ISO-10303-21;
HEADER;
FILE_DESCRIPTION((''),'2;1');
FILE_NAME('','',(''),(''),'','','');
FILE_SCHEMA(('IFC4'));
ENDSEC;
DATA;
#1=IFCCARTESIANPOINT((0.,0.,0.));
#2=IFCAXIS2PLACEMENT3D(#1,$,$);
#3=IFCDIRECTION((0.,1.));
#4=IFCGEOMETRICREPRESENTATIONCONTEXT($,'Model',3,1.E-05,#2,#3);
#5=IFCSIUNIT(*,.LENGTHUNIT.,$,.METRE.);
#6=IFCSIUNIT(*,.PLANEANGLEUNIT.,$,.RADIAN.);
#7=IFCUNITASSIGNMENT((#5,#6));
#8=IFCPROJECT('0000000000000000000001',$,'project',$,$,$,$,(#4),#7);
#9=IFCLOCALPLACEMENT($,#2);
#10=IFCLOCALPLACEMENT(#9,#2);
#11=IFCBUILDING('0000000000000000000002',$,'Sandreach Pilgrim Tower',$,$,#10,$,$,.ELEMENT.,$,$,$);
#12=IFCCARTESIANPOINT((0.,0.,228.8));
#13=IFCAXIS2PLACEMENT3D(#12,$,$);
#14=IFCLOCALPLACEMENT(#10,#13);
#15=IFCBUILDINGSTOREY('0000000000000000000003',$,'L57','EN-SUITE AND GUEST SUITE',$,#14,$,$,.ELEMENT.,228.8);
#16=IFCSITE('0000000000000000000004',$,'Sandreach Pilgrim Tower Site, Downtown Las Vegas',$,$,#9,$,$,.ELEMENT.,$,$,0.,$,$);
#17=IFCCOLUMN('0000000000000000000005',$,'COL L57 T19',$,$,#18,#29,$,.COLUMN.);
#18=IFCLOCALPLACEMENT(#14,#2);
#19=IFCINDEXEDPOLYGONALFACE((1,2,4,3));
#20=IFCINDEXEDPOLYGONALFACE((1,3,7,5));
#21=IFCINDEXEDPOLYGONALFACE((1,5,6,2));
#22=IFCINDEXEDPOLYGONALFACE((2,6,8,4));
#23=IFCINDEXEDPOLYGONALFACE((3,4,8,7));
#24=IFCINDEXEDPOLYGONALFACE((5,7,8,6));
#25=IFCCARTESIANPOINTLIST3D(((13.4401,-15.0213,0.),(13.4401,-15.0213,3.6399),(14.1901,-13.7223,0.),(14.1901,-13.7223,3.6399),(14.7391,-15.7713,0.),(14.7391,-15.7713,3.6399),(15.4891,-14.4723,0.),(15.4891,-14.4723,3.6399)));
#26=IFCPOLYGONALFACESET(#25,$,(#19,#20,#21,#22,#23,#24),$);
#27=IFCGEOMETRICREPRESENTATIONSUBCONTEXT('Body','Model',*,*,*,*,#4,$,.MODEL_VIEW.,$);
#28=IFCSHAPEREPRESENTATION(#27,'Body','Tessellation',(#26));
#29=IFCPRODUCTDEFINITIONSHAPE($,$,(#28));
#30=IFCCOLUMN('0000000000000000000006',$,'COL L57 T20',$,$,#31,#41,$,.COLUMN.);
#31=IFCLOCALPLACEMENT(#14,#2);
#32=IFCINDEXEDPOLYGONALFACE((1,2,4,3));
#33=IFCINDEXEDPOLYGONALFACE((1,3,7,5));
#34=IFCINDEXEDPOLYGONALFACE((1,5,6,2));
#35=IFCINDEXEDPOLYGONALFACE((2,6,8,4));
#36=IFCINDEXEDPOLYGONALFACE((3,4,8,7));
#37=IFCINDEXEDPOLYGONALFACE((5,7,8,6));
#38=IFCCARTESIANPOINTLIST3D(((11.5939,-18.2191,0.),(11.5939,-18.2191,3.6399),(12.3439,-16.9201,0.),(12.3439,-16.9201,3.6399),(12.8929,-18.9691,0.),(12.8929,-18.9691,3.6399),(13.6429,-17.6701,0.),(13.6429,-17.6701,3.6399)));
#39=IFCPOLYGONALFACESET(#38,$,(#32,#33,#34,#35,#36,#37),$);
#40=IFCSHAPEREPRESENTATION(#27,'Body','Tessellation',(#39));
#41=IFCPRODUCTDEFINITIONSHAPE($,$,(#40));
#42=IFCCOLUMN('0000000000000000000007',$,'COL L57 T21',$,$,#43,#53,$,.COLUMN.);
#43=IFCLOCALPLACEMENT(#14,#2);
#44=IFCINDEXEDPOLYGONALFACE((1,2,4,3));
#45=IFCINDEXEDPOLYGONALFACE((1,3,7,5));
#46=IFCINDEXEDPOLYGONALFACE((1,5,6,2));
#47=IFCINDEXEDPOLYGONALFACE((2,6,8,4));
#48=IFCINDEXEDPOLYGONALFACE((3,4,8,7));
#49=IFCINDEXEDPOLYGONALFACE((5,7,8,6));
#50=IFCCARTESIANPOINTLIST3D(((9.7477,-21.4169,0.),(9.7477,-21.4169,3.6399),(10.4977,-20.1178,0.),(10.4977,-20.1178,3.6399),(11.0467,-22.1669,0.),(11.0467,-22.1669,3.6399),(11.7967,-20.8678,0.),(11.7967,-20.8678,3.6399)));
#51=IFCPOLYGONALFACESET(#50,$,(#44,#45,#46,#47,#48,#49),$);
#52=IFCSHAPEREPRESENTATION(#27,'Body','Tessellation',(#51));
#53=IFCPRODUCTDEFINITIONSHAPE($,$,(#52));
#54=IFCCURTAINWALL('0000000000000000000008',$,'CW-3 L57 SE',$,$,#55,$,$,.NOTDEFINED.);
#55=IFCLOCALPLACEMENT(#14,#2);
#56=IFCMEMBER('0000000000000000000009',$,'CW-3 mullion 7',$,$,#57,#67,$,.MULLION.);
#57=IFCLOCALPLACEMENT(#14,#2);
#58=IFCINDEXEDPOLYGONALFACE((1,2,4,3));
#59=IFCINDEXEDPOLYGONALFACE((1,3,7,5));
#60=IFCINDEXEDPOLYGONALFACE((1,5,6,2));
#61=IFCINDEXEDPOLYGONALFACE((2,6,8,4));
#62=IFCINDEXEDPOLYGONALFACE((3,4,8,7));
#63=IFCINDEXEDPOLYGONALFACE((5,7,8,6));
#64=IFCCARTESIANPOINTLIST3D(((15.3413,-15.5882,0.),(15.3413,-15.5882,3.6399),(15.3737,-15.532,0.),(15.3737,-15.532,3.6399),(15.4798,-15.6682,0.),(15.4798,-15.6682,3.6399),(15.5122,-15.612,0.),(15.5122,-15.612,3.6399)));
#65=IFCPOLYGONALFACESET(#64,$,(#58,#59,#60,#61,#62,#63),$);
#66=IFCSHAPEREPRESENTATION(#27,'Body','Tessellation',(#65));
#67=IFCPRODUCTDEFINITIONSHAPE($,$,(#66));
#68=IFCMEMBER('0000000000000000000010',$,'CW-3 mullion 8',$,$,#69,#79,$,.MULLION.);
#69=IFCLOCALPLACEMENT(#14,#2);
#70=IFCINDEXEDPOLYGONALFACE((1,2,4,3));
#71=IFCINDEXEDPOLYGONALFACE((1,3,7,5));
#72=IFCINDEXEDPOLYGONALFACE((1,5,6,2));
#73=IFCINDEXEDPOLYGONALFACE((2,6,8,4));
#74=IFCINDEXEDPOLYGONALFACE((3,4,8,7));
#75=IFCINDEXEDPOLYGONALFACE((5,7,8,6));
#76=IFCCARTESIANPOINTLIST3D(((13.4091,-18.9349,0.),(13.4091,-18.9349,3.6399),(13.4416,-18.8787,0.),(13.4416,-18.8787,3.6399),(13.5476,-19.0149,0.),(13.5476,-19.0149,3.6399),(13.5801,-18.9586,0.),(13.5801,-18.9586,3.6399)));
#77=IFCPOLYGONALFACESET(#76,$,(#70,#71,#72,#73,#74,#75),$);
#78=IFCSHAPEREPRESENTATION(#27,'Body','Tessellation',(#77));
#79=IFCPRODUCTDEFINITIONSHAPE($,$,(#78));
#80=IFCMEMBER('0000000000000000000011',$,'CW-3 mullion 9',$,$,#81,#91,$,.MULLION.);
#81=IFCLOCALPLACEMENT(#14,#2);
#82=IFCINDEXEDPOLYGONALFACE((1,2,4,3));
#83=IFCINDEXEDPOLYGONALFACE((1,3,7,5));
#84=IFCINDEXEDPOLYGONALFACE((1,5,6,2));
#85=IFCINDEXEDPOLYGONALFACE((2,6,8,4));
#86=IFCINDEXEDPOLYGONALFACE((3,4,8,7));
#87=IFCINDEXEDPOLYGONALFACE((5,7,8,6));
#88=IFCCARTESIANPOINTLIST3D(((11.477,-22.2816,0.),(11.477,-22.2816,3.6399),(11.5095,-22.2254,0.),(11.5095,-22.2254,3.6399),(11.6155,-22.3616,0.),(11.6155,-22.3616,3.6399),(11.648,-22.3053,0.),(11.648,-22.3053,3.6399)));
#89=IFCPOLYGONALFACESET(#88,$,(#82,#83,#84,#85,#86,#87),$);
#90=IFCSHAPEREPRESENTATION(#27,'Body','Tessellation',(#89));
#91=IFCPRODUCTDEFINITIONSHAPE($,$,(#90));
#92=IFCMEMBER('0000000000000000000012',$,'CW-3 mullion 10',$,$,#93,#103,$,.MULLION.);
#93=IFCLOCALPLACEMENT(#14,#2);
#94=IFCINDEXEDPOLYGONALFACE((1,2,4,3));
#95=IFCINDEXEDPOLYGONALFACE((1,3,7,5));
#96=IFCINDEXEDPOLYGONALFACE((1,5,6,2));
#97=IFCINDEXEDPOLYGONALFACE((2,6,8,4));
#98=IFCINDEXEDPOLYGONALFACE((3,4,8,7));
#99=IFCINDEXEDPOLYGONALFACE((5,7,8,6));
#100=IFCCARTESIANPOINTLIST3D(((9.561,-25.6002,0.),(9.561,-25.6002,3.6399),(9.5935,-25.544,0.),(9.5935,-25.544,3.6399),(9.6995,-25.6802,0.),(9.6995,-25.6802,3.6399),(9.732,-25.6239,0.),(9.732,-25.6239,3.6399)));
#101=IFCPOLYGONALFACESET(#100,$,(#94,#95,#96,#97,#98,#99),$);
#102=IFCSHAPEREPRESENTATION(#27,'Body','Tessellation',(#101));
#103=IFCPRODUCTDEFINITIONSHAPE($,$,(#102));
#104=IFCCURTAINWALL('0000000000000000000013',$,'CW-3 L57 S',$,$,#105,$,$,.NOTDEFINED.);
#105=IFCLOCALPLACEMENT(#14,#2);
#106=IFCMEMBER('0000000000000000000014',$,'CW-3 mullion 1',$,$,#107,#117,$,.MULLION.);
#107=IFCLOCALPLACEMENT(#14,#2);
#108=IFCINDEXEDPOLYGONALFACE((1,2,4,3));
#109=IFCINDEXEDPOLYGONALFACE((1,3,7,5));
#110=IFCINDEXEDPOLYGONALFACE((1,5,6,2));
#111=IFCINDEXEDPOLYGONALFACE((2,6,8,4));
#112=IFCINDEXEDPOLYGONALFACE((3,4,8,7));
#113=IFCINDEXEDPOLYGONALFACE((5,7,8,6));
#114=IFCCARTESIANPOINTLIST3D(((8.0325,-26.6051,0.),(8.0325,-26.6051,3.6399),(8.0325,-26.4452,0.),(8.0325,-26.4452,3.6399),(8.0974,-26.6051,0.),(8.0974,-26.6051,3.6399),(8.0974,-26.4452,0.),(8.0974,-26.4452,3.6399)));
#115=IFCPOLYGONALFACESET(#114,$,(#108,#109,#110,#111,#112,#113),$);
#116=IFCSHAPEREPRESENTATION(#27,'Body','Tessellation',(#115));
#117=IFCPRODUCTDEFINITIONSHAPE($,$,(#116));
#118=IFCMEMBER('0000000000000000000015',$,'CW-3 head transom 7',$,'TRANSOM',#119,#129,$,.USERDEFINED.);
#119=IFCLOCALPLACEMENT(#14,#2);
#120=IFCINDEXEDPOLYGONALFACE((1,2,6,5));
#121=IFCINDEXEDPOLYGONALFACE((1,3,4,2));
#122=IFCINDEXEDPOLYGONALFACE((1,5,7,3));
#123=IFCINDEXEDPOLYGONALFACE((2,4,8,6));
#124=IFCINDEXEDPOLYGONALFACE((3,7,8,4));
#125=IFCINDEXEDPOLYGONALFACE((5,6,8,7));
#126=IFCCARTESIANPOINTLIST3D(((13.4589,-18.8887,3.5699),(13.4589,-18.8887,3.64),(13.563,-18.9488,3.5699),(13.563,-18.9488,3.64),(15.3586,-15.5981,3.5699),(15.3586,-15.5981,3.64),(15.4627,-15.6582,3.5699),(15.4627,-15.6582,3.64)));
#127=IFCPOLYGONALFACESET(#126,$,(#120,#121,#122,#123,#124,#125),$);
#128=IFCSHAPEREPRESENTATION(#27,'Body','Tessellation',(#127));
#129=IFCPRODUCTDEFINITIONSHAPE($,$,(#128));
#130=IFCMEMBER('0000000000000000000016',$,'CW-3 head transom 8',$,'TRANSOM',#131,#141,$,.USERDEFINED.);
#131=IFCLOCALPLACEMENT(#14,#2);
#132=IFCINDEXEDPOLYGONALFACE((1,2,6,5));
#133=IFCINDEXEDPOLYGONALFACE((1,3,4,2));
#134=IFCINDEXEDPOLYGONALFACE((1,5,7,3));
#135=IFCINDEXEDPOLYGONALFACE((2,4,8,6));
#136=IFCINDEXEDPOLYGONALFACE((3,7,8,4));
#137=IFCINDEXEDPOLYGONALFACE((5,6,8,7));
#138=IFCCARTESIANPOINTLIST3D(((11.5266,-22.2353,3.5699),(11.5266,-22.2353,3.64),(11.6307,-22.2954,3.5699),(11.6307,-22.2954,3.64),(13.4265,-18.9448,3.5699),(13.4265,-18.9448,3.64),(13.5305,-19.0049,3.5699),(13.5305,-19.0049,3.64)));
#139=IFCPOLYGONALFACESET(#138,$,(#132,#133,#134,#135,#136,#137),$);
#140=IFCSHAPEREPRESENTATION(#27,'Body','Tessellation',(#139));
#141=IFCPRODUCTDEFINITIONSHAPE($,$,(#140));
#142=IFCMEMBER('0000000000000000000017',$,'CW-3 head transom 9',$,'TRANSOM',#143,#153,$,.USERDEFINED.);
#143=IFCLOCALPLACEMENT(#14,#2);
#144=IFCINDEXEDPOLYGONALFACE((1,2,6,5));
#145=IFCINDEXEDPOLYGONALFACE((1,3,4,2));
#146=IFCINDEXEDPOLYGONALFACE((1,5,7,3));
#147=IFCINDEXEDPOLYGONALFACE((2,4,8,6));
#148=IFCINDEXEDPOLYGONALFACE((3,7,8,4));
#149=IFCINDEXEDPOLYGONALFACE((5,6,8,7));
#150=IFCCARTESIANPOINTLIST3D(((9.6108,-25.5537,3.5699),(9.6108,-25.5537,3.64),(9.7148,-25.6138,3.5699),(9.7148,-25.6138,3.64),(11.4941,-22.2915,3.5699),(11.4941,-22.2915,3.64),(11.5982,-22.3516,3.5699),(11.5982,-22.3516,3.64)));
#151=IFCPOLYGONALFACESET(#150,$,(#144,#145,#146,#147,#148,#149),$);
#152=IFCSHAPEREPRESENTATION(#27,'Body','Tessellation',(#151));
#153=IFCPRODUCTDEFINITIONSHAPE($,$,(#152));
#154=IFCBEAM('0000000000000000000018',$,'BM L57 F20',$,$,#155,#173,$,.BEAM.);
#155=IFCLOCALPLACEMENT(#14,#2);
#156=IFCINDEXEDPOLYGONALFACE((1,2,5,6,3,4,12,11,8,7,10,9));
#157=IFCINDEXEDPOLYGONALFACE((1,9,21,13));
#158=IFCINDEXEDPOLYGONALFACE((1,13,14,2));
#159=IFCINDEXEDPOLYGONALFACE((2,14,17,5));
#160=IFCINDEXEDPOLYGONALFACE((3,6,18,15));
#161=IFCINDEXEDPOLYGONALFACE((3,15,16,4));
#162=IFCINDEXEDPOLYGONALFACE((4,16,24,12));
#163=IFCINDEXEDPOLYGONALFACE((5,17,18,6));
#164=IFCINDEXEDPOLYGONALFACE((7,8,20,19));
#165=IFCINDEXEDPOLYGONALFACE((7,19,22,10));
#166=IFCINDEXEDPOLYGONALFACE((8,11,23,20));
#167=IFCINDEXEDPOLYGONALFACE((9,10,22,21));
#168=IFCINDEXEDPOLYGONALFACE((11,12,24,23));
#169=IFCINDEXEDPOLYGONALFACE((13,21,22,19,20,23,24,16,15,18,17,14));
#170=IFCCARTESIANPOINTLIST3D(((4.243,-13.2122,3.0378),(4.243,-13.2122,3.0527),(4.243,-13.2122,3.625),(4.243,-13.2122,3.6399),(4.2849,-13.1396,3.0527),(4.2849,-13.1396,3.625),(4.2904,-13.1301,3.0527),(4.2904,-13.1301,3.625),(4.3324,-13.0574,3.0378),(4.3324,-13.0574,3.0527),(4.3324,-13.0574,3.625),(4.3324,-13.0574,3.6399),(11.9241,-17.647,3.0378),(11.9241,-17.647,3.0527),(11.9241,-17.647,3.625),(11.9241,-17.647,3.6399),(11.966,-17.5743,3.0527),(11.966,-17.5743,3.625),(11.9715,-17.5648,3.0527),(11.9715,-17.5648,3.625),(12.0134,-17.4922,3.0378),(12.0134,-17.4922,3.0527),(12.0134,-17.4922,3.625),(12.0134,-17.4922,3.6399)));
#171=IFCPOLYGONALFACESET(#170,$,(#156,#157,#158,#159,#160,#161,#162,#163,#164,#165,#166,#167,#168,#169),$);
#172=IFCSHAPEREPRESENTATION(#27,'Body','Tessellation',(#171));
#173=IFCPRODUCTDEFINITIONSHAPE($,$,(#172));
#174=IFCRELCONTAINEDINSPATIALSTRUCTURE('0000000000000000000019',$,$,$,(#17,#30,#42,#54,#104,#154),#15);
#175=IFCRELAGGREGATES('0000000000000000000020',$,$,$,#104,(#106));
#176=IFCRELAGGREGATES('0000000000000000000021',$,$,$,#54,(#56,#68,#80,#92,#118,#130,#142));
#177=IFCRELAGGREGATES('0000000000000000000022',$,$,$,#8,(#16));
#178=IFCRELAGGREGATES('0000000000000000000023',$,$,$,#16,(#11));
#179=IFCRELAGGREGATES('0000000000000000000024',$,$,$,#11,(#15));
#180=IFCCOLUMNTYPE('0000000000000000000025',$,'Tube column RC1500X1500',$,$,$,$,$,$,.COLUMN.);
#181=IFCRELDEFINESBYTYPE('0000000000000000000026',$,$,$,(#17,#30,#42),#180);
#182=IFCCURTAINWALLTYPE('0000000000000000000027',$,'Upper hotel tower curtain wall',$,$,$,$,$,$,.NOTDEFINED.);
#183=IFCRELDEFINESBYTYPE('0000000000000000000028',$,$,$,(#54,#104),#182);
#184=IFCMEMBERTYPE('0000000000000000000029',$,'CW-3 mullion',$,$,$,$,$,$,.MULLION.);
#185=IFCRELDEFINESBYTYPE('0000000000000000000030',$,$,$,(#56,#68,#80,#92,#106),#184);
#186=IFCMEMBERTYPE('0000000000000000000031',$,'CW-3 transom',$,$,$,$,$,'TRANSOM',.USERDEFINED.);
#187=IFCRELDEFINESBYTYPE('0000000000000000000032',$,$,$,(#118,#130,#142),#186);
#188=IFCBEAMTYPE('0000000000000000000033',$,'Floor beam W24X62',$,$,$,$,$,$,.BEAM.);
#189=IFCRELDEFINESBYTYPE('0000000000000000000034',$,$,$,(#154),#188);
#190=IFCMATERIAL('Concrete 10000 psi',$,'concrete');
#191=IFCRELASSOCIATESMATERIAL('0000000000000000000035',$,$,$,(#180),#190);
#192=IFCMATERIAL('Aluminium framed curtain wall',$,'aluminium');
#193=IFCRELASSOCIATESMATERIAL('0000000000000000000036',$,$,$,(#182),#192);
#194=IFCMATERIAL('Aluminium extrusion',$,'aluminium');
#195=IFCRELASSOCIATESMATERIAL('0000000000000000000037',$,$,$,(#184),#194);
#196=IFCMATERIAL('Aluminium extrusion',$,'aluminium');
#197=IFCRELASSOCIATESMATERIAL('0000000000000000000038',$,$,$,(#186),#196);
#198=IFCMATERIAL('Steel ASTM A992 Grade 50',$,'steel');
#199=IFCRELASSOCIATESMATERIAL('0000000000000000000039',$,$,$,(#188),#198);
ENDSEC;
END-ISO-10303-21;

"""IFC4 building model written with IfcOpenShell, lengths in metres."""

from ifc_helpers import new_model, si_unit, direction, frame, origin, origin_2d, place, context, subcontext, project, spatial, rectangle, i_section, extrude, clip, halfspace, material, material_profile, profile_set, type_object, element, aggregate, save


model = new_model("IFC4")

# Units and contexts
model_context = context("Model", 3, precision=1e-05, world=origin(), true_north=direction((0.0, 1.0)))
body_context = subcontext(model_context, "Body", "Model", "MODEL_VIEW")
ifc_project = project(units=[si_unit("LENGTHUNIT", "METRE"), si_unit("PLANEANGLEUNIT", "RADIAN")], contexts=[model_context])

# Site, building, storey
site_placement = place(None, origin())
site = spatial("IfcSite", under=ifc_project, at=site_placement, Name="Sandreach Pilgrim Tower Site, Downtown Las Vegas", CompositionType="ELEMENT", RefElevation=0.0)
building_placement = place(site_placement, origin())
building = spatial("IfcBuilding", under=site, at=building_placement, Name="Sandreach Pilgrim Tower", CompositionType="ELEMENT")
storey_placement = place(building_placement, frame((0.0, 0.0, 228.8)))
storey = spatial("IfcBuildingStorey", under=building, at=storey_placement, Name="L57", Description="EN-SUITE AND GUEST SUITE", CompositionType="ELEMENT", Elevation=228.8)

# Columns
ifc_material_1 = material(Name="Concrete 10000 psi", Category="concrete")
ifc_material_profile_1 = material_profile(ifc_material_1, rectangle(XDim=1.5, YDim=1.5, at=origin_2d()), Name="RC1500X1500")
ifc_profile_set_1 = profile_set([ifc_material_profile_1], Name="Concrete 10000 psi")
column_type = type_object("IfcColumnType", Name="Tube column RC1500X1500", PredefinedType="COLUMN", material=ifc_profile_set_1)
column_1_placement = place(storey_placement, frame((14.4646, -14.7468, 0.0), z_axis=(0.0, 0.0, 1.0), x_axis=(0.866025, -0.5, 0.0)))
element("IfcColumn", 1, at=column_1_placement, inside=storey, type_object=column_type, Name="COL L57 T19", PredefinedType="COLUMN", context=body_context, shape_type="SweptSolid", body=[
    clip(extrude(rectangle(XDim=1.5, YDim=1.5, at=origin_2d()), origin(), (0.0, 0.0, 1.0), 3.7476), halfspace(frame((0.0, 0.0, 3.6399)), False)),
])
column_2_placement = place(storey_placement, frame((12.6184, -17.9446, 0.0), z_axis=(0.0, 0.0, 1.0), x_axis=(0.866025, -0.5, 0.0)))
element("IfcColumn", 2, at=column_2_placement, inside=storey, type_object=column_type, Name="COL L57 T20", PredefinedType="COLUMN", context=body_context, shape_type="SweptSolid", body=[
    clip(extrude(rectangle(XDim=1.5, YDim=1.5, at=origin_2d()), origin(), (0.0, 0.0, 1.0), 3.74), halfspace(frame((0.0, 0.0, 3.6399)), False)),
])
column_3_placement = place(storey_placement, frame((10.7722, -21.1423, 0.0), z_axis=(0.0, 0.0, 1.0), x_axis=(0.866025, -0.5, 0.0)))
element("IfcColumn", 3, at=column_3_placement, inside=storey, type_object=column_type, Name="COL L57 T21", PredefinedType="COLUMN", context=body_context, shape_type="SweptSolid", body=[
    clip(extrude(rectangle(XDim=1.5, YDim=1.5, at=origin_2d()), origin(), (0.0, 0.0, 1.0), 3.7324), halfspace(frame((0.0, 0.0, 3.6399)), False)),
])

# Curtain wall, members
ifc_material_2 = material(Name="Aluminium framed curtain wall", Category="aluminium")
curtain_wall_type = type_object("IfcCurtainWallType", Name="Upper hotel tower curtain wall", PredefinedType="NOTDEFINED", material=ifc_material_2)
curtain_wall_1_placement = place(storey_placement, origin())
curtain_wall_1 = element("IfcCurtainWall", 4, at=curtain_wall_1_placement, inside=storey, type_object=curtain_wall_type, Name="CW-3 L57 SE", PredefinedType="NOTDEFINED")
ifc_material_3 = material(Name="Aluminium extrusion", Category="aluminium")
ifc_material_profile_2 = material_profile(ifc_material_3, rectangle(XDim=0.0649, YDim=0.1599, at=origin_2d()), Name="CW-3M 65X160")
ifc_profile_set_2 = profile_set([ifc_material_profile_2], Name="Aluminium extrusion")
member_type_1 = type_object("IfcMemberType", Name="CW-3 mullion", PredefinedType="MULLION", material=ifc_profile_set_2)
member_1_placement = place(storey_placement, frame((15.4268, -15.6001, 0.0), z_axis=(0.0, 0.0, 1.0), x_axis=(-0.5, -0.866025, 0.0)))
member_1 = element("IfcMember", 5, at=member_1_placement, type_object=member_type_1, Name="CW-3 mullion 7", PredefinedType="MULLION", context=body_context, shape_type="SweptSolid", body=[
    extrude(rectangle(XDim=0.0649, YDim=0.1599, at=origin_2d()), origin(), (0.0, 0.0, 1.0), 3.6399),
])
member_2_placement = place(storey_placement, frame((13.4946, -18.9468, 0.0), z_axis=(0.0, 0.0, 1.0), x_axis=(-0.5, -0.866025, 0.0)))
member_2 = element("IfcMember", 6, at=member_2_placement, type_object=member_type_1, Name="CW-3 mullion 8", PredefinedType="MULLION", context=body_context, shape_type="SweptSolid", body=[
    extrude(rectangle(XDim=0.0649, YDim=0.1599, at=origin_2d()), origin(), (0.0, 0.0, 1.0), 3.6399),
])
member_3_placement = place(storey_placement, frame((11.5625, -22.2935, 0.0), z_axis=(0.0, 0.0, 1.0), x_axis=(-0.5, -0.866025, 0.0)))
member_3 = element("IfcMember", 7, at=member_3_placement, type_object=member_type_1, Name="CW-3 mullion 9", PredefinedType="MULLION", context=body_context, shape_type="SweptSolid", body=[
    extrude(rectangle(XDim=0.0649, YDim=0.1599, at=origin_2d()), origin(), (0.0, 0.0, 1.0), 3.6399),
])
member_4_placement = place(storey_placement, frame((9.6465, -25.6121, 0.0), z_axis=(0.0, 0.0, 1.0), x_axis=(-0.5, -0.866025, 0.0)))
member_4 = element("IfcMember", 8, at=member_4_placement, type_object=member_type_1, Name="CW-3 mullion 10", PredefinedType="MULLION", context=body_context, shape_type="SweptSolid", body=[
    extrude(rectangle(XDim=0.0649, YDim=0.1599, at=origin_2d()), origin(), (0.0, 0.0, 1.0), 3.6399),
])

# Curtain wall, member
curtain_wall_2_placement = place(storey_placement, origin())
curtain_wall_2 = element("IfcCurtainWall", 9, at=curtain_wall_2_placement, inside=storey, type_object=curtain_wall_type, Name="CW-3 L57 S", PredefinedType="NOTDEFINED")
member_5_placement = place(storey_placement, frame((8.0649, -26.5251, 0.0), z_axis=(0.0, 0.0, 1.0), x_axis=(-1.0, 0.0, 0.0)))
member_5 = element("IfcMember", 10, at=member_5_placement, type_object=member_type_1, Name="CW-3 mullion 1", PredefinedType="MULLION", context=body_context, shape_type="SweptSolid", body=[
    extrude(rectangle(XDim=0.0649, YDim=0.1599, at=origin_2d()), origin(), (0.0, 0.0, 1.0), 3.6399),
])
aggregate(curtain_wall_2, [member_5])

# Members
ifc_material_4 = material(Name="Aluminium extrusion", Category="aluminium")
ifc_material_profile_3 = material_profile(ifc_material_4, rectangle(XDim=0.1201, YDim=0.0701, at=origin_2d()), Name="CW-3T 120X70")
ifc_profile_set_3 = profile_set([ifc_material_profile_3], Name="Aluminium extrusion")
member_type_2 = type_object("IfcMemberType", Name="CW-3 transom", ElementType="TRANSOM", PredefinedType="USERDEFINED", material=ifc_profile_set_3)
member_6_placement = place(storey_placement, frame((15.4106, -15.6282, 3.605), z_axis=(-0.499975, -0.86604, 0.0), x_axis=(0.86604, -0.499975, 0.0)))
member_6 = element("IfcMember", 11, at=member_6_placement, type_object=member_type_2, Name="CW-3 head transom 7", ObjectType="TRANSOM", PredefinedType="USERDEFINED", context=body_context, shape_type="SweptSolid", body=[
    extrude(rectangle(XDim=0.1201, YDim=0.0701, at=origin_2d()), origin(), (0.0, 0.0, 1.0), 3.7996),
])
member_7_placement = place(storey_placement, frame((13.4785, -18.9749, 3.605), z_axis=(-0.500023, -0.866012, 0.0), x_axis=(0.866012, -0.500023, 0.0)))
member_7 = element("IfcMember", 12, at=member_7_placement, type_object=member_type_2, Name="CW-3 head transom 8", ObjectType="TRANSOM", PredefinedType="USERDEFINED", context=body_context, shape_type="SweptSolid", body=[
    extrude(rectangle(XDim=0.1201, YDim=0.0701, at=origin_2d()), origin(), (0.0, 0.0, 1.0), 3.7996),
])
member_8_placement = place(storey_placement, frame((11.5461, -22.3215, 3.605), z_axis=(-0.499973, -0.866041, 0.0), x_axis=(0.866041, -0.499973, 0.0)))
member_8 = element("IfcMember", 13, at=member_8_placement, type_object=member_type_2, Name="CW-3 head transom 9", ObjectType="TRANSOM", PredefinedType="USERDEFINED", context=body_context, shape_type="SweptSolid", body=[
    extrude(rectangle(XDim=0.1201, YDim=0.0701, at=origin_2d()), origin(), (0.0, 0.0, 1.0), 3.7668),
])

# Beam
ifc_material_5 = material(Name="Steel ASTM A992 Grade 50", Category="steel")
ifc_material_profile_4 = material_profile(ifc_material_5, i_section(OverallWidth=0.1787, OverallDepth=0.6021, WebThickness=0.011, FlangeThickness=0.0149, at=origin_2d()), Name="W24X62")
ifc_profile_set_4 = profile_set([ifc_material_profile_4], Name="Steel ASTM A992 Grade 50")
beam_type_1 = type_object("IfcBeamType", Name="Floor beam W24X62", PredefinedType="BEAM", material=ifc_profile_set_4)
beam_1_placement = place(storey_placement, frame((11.9688, -17.5696, 3.3389), z_axis=(-0.866021, 0.500008, 0.0), x_axis=(-0.500008, -0.866021, 0.0)))
element("IfcBeam", 14, at=beam_1_placement, inside=storey, type_object=beam_type_1, Name="BM L57 F20", PredefinedType="BEAM", context=body_context, shape_type="SweptSolid", body=[
    extrude(i_section(OverallWidth=0.1787, OverallDepth=0.6021, WebThickness=0.011, FlangeThickness=0.0149, at=origin_2d()), origin(), (0.0, 0.0, 1.0), 8.8694),
])

aggregate(curtain_wall_1, [member_1, member_2, member_3, member_4, member_6, member_7, member_8])

save(model, "model.ifc")
